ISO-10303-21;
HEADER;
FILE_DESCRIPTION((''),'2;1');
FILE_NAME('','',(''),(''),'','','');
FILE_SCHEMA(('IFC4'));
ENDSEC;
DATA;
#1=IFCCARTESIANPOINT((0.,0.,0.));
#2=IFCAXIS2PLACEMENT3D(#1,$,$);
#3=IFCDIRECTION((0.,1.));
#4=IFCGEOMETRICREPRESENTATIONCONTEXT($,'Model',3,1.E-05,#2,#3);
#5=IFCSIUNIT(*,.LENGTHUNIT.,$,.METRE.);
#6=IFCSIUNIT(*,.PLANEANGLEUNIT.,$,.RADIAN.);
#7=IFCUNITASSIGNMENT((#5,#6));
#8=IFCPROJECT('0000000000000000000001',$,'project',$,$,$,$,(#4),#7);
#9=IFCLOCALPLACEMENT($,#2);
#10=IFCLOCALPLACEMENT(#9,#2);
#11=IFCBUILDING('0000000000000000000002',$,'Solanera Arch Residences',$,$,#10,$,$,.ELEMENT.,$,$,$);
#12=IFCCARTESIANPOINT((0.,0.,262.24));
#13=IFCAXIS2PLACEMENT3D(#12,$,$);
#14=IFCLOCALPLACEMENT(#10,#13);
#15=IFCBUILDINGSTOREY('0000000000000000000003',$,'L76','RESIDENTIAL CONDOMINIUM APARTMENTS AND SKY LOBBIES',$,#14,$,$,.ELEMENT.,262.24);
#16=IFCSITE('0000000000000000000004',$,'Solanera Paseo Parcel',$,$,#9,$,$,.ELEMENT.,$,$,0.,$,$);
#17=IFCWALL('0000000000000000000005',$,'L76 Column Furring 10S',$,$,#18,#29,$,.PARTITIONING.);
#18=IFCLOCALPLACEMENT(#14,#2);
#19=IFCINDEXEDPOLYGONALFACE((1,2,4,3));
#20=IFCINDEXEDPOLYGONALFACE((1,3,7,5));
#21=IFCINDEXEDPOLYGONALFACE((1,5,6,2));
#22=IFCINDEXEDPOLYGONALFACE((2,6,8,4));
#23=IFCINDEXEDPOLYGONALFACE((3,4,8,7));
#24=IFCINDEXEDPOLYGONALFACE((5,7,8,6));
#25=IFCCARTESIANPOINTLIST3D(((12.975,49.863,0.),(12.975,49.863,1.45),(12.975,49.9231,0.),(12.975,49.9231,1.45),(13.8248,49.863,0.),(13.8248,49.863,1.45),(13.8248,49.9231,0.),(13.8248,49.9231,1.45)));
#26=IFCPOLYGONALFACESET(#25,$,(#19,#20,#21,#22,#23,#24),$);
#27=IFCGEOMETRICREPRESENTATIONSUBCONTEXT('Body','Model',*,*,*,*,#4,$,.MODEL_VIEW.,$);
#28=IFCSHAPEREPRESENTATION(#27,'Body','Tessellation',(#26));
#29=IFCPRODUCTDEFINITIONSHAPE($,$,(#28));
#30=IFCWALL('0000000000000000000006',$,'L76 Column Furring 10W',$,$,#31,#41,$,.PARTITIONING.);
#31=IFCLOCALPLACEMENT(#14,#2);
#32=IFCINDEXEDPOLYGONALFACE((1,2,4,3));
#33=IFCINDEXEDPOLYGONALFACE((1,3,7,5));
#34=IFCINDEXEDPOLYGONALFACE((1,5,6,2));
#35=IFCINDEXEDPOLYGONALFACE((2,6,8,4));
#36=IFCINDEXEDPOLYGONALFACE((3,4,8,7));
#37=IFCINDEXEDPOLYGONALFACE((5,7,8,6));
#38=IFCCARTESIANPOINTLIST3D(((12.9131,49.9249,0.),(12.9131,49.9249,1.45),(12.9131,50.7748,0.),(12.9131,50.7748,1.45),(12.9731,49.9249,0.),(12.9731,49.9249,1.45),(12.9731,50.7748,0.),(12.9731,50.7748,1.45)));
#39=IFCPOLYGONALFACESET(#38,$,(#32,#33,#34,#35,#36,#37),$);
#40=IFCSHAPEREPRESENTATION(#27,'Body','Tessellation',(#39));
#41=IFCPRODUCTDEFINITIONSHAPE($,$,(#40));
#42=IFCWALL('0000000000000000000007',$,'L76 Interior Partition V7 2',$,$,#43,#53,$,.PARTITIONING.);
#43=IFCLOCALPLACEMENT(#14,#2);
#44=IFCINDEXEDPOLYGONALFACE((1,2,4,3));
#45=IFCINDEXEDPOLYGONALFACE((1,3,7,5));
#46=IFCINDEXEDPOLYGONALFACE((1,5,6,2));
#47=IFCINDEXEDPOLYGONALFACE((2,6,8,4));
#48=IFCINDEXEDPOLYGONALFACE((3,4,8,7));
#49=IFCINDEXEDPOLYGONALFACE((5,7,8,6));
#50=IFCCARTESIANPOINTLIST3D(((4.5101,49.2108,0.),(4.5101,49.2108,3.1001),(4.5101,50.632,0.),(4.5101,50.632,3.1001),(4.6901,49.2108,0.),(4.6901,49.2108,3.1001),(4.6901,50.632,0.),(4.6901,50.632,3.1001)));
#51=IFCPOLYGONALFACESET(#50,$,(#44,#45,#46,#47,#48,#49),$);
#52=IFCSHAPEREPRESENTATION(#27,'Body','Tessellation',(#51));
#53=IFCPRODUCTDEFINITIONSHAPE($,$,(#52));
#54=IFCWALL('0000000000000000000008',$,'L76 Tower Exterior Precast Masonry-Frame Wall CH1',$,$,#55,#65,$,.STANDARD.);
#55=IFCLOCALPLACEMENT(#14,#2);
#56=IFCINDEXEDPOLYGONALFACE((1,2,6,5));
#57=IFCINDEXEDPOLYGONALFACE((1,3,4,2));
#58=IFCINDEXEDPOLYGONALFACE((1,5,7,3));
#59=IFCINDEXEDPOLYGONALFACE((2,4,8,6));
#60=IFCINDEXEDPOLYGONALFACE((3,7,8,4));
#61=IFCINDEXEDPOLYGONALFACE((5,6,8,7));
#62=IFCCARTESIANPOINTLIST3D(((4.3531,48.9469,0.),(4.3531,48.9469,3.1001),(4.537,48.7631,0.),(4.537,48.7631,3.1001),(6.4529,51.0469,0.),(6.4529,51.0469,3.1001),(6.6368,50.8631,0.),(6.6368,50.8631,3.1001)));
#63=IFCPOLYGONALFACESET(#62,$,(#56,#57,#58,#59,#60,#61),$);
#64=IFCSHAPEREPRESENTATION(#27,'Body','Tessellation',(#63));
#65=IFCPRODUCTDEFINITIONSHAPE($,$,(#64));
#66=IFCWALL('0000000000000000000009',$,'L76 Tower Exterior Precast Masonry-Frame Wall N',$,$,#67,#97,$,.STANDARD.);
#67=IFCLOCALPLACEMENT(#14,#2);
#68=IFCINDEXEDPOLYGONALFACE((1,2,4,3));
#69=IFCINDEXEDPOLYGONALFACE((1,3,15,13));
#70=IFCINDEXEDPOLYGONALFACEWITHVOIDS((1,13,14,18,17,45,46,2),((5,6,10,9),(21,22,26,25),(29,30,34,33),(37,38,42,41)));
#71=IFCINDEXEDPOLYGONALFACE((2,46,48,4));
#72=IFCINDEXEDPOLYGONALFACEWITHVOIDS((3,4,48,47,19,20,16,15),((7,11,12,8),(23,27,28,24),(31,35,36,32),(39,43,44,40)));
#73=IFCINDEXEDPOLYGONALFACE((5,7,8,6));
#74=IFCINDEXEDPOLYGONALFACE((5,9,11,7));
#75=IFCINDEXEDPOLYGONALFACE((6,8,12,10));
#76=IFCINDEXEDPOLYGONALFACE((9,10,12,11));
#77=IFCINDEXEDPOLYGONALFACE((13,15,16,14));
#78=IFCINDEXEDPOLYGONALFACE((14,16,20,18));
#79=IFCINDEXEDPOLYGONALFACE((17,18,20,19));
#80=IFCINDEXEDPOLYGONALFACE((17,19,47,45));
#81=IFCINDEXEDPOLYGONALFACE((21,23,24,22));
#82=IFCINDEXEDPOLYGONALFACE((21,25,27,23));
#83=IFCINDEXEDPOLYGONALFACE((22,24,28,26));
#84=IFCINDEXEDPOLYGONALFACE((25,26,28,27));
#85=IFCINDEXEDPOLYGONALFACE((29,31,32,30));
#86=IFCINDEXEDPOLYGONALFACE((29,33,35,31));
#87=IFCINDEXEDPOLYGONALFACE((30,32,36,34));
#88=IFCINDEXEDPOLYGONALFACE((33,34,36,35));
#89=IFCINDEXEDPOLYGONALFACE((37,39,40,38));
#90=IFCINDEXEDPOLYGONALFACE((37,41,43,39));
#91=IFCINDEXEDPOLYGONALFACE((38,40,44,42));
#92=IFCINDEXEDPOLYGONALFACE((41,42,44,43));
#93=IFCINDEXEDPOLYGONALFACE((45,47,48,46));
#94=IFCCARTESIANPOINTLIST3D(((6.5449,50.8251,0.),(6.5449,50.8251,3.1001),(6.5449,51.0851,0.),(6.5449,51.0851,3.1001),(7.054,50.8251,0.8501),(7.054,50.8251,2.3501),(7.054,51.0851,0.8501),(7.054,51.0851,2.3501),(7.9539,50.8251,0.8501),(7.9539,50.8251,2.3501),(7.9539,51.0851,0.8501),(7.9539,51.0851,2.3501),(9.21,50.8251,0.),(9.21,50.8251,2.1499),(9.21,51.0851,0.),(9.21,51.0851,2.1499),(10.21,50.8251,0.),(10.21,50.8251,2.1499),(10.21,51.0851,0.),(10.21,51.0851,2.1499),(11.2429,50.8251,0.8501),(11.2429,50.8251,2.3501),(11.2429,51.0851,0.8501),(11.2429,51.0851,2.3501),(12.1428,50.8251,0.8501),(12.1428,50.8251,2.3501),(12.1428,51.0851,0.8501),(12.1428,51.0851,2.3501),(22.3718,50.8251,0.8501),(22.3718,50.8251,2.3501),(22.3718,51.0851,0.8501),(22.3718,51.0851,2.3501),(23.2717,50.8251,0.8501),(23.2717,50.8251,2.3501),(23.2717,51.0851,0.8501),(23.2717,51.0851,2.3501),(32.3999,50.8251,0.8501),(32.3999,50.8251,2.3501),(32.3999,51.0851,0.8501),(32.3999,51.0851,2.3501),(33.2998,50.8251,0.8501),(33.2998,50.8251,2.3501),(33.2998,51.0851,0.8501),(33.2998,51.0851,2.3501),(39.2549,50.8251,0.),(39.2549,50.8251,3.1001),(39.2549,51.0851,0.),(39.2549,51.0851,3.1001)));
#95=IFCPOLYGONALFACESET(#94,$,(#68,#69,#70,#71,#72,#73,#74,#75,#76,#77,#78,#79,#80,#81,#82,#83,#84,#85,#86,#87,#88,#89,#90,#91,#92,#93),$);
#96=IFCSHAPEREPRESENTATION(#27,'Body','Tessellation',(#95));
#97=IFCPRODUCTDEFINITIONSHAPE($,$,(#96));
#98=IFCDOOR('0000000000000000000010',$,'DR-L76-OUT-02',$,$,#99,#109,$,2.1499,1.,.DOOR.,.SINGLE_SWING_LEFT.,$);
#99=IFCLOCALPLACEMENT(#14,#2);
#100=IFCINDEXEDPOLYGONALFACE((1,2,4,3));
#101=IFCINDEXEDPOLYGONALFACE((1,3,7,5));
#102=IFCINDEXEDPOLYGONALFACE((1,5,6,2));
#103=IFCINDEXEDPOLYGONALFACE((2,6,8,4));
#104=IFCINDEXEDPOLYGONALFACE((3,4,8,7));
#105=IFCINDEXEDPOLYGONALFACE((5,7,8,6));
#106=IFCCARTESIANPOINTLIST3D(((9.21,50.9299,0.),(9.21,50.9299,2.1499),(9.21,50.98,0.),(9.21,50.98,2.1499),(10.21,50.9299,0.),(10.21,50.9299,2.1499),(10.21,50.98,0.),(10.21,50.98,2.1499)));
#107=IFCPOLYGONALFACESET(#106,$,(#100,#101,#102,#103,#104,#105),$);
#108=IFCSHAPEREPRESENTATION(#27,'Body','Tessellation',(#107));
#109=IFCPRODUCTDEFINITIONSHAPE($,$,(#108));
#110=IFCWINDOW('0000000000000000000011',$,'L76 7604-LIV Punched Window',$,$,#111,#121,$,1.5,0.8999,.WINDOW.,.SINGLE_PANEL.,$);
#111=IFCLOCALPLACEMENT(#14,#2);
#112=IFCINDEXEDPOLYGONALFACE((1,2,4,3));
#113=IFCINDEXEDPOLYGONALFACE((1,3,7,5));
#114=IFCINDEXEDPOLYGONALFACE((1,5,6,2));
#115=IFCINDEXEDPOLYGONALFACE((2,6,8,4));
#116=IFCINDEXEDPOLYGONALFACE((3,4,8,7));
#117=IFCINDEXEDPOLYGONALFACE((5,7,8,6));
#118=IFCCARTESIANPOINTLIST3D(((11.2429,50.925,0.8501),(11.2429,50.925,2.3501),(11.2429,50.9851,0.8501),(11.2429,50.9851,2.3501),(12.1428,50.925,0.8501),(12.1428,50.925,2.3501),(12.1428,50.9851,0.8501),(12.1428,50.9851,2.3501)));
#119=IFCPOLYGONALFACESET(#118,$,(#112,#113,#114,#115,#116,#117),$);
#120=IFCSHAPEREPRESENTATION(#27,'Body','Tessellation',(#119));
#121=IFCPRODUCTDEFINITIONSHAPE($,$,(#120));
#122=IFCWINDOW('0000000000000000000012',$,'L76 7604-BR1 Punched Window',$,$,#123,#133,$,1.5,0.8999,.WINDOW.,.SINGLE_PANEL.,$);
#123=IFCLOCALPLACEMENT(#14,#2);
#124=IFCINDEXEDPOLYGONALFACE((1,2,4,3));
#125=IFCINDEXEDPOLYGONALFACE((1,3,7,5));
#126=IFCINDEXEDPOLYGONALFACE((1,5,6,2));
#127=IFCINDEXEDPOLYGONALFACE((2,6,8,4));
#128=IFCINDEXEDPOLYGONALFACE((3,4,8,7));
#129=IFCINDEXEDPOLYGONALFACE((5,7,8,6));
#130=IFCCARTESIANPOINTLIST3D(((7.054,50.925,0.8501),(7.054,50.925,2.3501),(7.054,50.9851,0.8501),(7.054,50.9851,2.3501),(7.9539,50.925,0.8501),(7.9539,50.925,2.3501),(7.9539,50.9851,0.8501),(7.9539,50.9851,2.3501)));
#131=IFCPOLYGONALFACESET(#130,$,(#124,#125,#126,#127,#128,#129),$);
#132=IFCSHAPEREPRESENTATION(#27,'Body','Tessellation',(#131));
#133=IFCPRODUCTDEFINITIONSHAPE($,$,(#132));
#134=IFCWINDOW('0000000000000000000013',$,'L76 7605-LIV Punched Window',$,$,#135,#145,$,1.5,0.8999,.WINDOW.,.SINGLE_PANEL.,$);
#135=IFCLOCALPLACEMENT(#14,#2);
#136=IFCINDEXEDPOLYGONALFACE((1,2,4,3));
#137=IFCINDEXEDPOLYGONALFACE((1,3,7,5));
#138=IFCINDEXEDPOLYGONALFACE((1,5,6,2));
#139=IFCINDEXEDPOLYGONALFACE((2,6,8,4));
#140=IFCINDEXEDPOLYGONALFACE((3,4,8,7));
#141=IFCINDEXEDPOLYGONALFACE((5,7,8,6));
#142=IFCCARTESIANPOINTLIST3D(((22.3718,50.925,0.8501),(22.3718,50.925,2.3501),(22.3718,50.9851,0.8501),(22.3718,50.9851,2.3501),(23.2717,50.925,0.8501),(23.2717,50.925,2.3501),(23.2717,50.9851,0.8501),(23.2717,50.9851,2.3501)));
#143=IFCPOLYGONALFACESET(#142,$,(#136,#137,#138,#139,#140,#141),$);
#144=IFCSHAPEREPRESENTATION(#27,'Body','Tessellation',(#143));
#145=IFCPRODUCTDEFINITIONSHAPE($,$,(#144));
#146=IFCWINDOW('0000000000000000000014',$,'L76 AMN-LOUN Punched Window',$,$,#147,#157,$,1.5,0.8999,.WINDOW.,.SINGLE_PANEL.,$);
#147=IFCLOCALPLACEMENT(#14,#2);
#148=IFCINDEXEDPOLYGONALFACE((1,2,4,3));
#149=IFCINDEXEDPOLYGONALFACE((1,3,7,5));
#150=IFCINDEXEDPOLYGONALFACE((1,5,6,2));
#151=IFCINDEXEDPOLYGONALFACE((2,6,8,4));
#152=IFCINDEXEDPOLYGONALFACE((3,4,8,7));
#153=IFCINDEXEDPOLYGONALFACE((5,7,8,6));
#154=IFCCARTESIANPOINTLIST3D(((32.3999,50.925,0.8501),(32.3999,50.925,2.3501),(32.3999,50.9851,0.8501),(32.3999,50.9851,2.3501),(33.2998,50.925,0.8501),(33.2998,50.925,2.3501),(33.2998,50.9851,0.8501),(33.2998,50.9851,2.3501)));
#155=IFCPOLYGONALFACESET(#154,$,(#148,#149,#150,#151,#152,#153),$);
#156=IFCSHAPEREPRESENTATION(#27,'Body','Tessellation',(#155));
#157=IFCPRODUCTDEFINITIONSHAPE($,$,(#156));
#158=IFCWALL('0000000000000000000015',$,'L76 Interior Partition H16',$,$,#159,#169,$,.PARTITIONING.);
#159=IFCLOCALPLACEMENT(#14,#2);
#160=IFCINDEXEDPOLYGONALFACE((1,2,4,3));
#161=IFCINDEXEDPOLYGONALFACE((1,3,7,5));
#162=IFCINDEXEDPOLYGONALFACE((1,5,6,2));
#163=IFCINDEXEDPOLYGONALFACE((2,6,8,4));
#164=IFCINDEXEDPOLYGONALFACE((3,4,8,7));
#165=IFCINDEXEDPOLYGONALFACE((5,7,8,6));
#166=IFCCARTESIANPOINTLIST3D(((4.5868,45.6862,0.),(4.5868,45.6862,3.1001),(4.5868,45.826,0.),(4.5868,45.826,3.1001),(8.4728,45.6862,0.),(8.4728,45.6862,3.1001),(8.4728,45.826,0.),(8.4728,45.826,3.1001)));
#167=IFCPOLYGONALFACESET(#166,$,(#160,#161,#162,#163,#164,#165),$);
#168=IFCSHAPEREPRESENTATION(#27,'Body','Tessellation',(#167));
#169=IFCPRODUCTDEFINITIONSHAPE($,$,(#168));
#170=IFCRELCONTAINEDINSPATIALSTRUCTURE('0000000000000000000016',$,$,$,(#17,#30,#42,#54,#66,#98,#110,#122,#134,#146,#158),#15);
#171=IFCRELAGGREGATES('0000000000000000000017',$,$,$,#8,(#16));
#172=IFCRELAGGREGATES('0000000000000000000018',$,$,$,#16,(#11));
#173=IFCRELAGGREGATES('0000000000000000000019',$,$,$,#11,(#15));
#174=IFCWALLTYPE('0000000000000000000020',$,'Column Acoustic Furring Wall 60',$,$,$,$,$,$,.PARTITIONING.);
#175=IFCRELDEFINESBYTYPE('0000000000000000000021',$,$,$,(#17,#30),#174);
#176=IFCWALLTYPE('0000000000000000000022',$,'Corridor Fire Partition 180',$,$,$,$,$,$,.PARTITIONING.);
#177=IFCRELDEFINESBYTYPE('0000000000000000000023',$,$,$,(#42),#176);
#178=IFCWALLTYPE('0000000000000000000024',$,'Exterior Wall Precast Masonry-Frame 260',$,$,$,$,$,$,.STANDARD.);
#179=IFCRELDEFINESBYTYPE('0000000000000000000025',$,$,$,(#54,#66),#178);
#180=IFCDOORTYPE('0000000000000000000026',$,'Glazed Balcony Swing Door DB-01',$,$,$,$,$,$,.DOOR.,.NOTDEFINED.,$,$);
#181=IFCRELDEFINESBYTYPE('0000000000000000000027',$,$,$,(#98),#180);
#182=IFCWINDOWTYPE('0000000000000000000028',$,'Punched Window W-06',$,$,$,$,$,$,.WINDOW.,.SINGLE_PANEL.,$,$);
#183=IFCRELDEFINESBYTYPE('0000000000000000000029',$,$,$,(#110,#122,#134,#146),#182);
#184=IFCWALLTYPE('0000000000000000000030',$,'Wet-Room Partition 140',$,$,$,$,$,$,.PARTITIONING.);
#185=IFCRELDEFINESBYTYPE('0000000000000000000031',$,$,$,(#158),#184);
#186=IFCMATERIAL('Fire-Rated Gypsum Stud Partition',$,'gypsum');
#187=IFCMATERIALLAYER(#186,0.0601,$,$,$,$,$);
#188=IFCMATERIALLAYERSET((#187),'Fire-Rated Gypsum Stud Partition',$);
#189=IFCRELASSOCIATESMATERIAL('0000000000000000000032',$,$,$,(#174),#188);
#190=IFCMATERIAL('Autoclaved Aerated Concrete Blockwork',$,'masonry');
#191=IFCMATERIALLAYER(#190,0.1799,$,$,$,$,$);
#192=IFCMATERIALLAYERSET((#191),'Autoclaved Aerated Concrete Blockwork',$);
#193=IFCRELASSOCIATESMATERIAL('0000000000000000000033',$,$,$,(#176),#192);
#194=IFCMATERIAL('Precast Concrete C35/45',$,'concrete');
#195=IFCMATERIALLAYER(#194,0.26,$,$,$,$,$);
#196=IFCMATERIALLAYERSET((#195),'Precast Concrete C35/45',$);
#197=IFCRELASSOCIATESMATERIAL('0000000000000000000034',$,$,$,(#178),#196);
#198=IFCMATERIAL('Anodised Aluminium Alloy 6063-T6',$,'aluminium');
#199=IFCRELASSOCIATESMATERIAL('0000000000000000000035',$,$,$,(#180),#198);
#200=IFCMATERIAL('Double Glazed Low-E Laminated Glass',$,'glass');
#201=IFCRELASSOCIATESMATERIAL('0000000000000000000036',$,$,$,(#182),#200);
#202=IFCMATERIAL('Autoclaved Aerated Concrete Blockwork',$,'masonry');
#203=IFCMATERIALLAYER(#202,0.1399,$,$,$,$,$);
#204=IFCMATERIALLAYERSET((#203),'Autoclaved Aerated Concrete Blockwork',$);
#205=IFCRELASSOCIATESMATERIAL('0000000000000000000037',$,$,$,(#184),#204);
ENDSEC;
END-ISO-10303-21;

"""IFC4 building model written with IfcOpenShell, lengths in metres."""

from ifc_helpers import new_model, si_unit, direction, frame, frame_2d, origin, place, context, subcontext, project, spatial, rectangle, extrude, material, layer, layer_set, type_object, element, fill, save


model = new_model("IFC4")

# Units and contexts
model_context = context("Model", 3, precision=1e-05, world=origin(), true_north=direction((0.0, 1.0)))
body_context = subcontext(model_context, "Body", "Model", "MODEL_VIEW")
ifc_project = project(units=[si_unit("LENGTHUNIT", "METRE"), si_unit("PLANEANGLEUNIT", "RADIAN")], contexts=[model_context])

# Site, building, storey
site_placement = place(None, origin())
site = spatial("IfcSite", under=ifc_project, at=site_placement, Name="Solanera Paseo Parcel", CompositionType="ELEMENT", RefElevation=0.0)
building_placement = place(site_placement, origin())
building = spatial("IfcBuilding", under=site, at=building_placement, Name="Solanera Arch Residences", CompositionType="ELEMENT")
storey_placement = place(building_placement, frame((0.0, 0.0, 262.24)))
storey = spatial("IfcBuildingStorey", under=building, at=storey_placement, Name="L76", Description="RESIDENTIAL CONDOMINIUM APARTMENTS AND SKY LOBBIES", CompositionType="ELEMENT", Elevation=262.24)

# Walls
ifc_material_1 = material(Name="Fire-Rated Gypsum Stud Partition", Category="gypsum")
ifc_layer_1 = layer(ifc_material_1, 0.0601)
ifc_layer_set_1 = layer_set([ifc_layer_1], Name="Fire-Rated Gypsum Stud Partition")
wall_type_1 = type_object("IfcWallType", Name="Column Acoustic Furring Wall 60", PredefinedType="PARTITIONING", material=ifc_layer_set_1)
for number, where, z_axis, x_axis, name in (
    (1, (12.9751, 49.8931, 0.0), (0.0, 0.0, 1.0), (1.0, 0.0, 0.0), "L76 Column Furring 10S"),
    (2, (12.9431, 49.925, 0.0), (0.0, 0.0, 1.0), (0.0, 1.0, 0.0), "L76 Column Furring 10W"),
):
    element("IfcWall", number, at=place(storey_placement, frame(where, z_axis=z_axis, x_axis=x_axis)), inside=storey, type_object=wall_type_1, Name=name, PredefinedType="PARTITIONING", context=body_context, shape_type="SweptSolid", body=[
        extrude(rectangle(XDim=0.8499, YDim=0.0601, at=frame_2d((0.4248, 0.0))), origin(), (0.0, 0.0, 1.0), 1.45),
    ])
ifc_material_2 = material(Name="Autoclaved Aerated Concrete Blockwork", Category="masonry")
ifc_layer_2 = layer(ifc_material_2, 0.1799)
ifc_layer_set_2 = layer_set([ifc_layer_2], Name="Autoclaved Aerated Concrete Blockwork")
wall_type_2 = type_object("IfcWallType", Name="Corridor Fire Partition 180", PredefinedType="PARTITIONING", material=ifc_layer_set_2)
wall_1_placement = place(storey_placement, frame((4.6001, 49.2109, 0.0), z_axis=(0.0, 0.0, 1.0), x_axis=(0.0, 1.0, 0.0)))
element("IfcWall", 3, at=wall_1_placement, inside=storey, type_object=wall_type_2, Name="L76 Interior Partition V7 2", PredefinedType="PARTITIONING", context=body_context, shape_type="SweptSolid", body=[
    extrude(rectangle(XDim=1.4211, YDim=0.1799, at=frame_2d((0.7104, 0.0))), origin(), (0.0, 0.0, 1.0), 3.1001),
])
ifc_material_3 = material(Name="Precast Concrete C35/45", Category="concrete")
ifc_layer_3 = layer(ifc_material_3, 0.26)
ifc_layer_set_3 = layer_set([ifc_layer_3], Name="Precast Concrete C35/45")
wall_type_3 = type_object("IfcWallType", Name="Exterior Wall Precast Masonry-Frame 260", PredefinedType="STANDARD", material=ifc_layer_set_3)
wall_2_placement = place(storey_placement, frame((4.4451, 48.855, 0.0), z_axis=(0.0, 0.0, 1.0), x_axis=(0.707066, 0.707148, 0.0)))
element("IfcWall", 4, at=wall_2_placement, inside=storey, type_object=wall_type_3, Name="L76 Tower Exterior Precast Masonry-Frame Wall CH1", PredefinedType="STANDARD", context=body_context, shape_type="SweptSolid", body=[
    extrude(rectangle(XDim=2.9697, YDim=0.26, at=frame_2d((1.4849, 0.0))), origin(), (0.0, 0.0, 1.0), 3.1001),
])

# Wall, openings, door, windows
wall_3_placement = place(storey_placement, frame((6.5449, 50.9551, 0.0), z_axis=(0.0, 0.0, 1.0), x_axis=(1.0, 0.0, 0.0)))
wall_3 = element("IfcWall", 5, at=wall_3_placement, inside=storey, type_object=wall_type_3, Name="L76 Tower Exterior Precast Masonry-Frame Wall N", PredefinedType="STANDARD", context=body_context, shape_type="SweptSolid", body=[
    extrude(rectangle(XDim=32.71, YDim=0.26, at=frame_2d((16.355, 0.0))), origin(), (0.0, 0.0, 1.0), 3.1001),
])
opening_1_placement = place(wall_3_placement, frame((2.665, 0.0, 0.0)))
opening_1 = element("IfcOpeningElement", 6, at=opening_1_placement, cuts=wall_3, PredefinedType="OPENING", context=body_context, shape_type="SweptSolid", body=[
    extrude(rectangle(XDim=1.0, YDim=2.1499, at=frame_2d((0.5, 1.075))), frame((0.0, 0.1399, 0.0), z_axis=(0.0, -1.0, 0.0), x_axis=(1.0, 0.0, 0.0)), (0.0, 0.0, 1.0), 0.28),
])
opening_2_placement = place(wall_3_placement, frame((4.698, 0.0, 0.8501)))
opening_2 = element("IfcOpeningElement", 7, at=opening_2_placement, cuts=wall_3, PredefinedType="OPENING", context=body_context, shape_type="SweptSolid", body=[
    extrude(rectangle(XDim=0.8999, YDim=1.5, at=frame_2d((0.45, 0.75))), frame((0.0, 0.1399, 0.0), z_axis=(0.0, -1.0, 0.0), x_axis=(1.0, 0.0, 0.0)), (0.0, 0.0, 1.0), 0.28),
])
opening_3_placement = place(wall_3_placement, frame((0.509, 0.0, 0.8501)))
opening_3 = element("IfcOpeningElement", 8, at=opening_3_placement, cuts=wall_3, PredefinedType="OPENING", context=body_context, shape_type="SweptSolid", body=[
    extrude(rectangle(XDim=0.8999, YDim=1.5, at=frame_2d((0.45, 0.75))), frame((0.0, 0.1399, 0.0), z_axis=(0.0, -1.0, 0.0), x_axis=(1.0, 0.0, 0.0)), (0.0, 0.0, 1.0), 0.28),
])
opening_4_placement = place(wall_3_placement, frame((15.8269, 0.0, 0.8501)))
opening_4 = element("IfcOpeningElement", 9, at=opening_4_placement, cuts=wall_3, PredefinedType="OPENING", context=body_context, shape_type="SweptSolid", body=[
    extrude(rectangle(XDim=0.8999, YDim=1.5, at=frame_2d((0.45, 0.75))), frame((0.0, 0.1399, 0.0), z_axis=(0.0, -1.0, 0.0), x_axis=(1.0, 0.0, 0.0)), (0.0, 0.0, 1.0), 0.28),
])
opening_5_placement = place(wall_3_placement, frame((25.855, 0.0, 0.8501)))
opening_5 = element("IfcOpeningElement", 10, at=opening_5_placement, cuts=wall_3, PredefinedType="OPENING", context=body_context, shape_type="SweptSolid", body=[
    extrude(rectangle(XDim=0.8999, YDim=1.5, at=frame_2d((0.45, 0.75))), frame((0.0, 0.1399, 0.0), z_axis=(0.0, -1.0, 0.0), x_axis=(1.0, 0.0, 0.0)), (0.0, 0.0, 1.0), 0.28),
])
ifc_material_4 = material(Name="Anodised Aluminium Alloy 6063-T6", Category="aluminium")
door_type_1 = type_object("IfcDoorType", Name="Glazed Balcony Swing Door DB-01", OperationType="NOTDEFINED", PredefinedType="DOOR", material=ifc_material_4)
door_1_placement = place(opening_1_placement, origin())
door_1 = element("IfcDoor", 11, at=door_1_placement, inside=storey, type_object=door_type_1, Name="DR-L76-OUT-02", OperationType="SINGLE_SWING_LEFT", OverallHeight=2.1499, OverallWidth=1.0, PredefinedType="DOOR", context=body_context, shape_type="SweptSolid", body=[
    extrude(rectangle(XDim=1.0, YDim=2.1499, at=frame_2d((0.5, 1.075))), frame((0.0, 0.0249, 0.0), z_axis=(0.0, -1.0, 0.0), x_axis=(1.0, 0.0, 0.0)), (0.0, 0.0, 1.0), 0.05),
])
fill(opening_1, door_1)
ifc_material_5 = material(Name="Double Glazed Low-E Laminated Glass", Category="glass")
window_type = type_object("IfcWindowType", Name="Punched Window W-06", PartitioningType="SINGLE_PANEL", PredefinedType="WINDOW", material=ifc_material_5)
window_1_placement = place(opening_2_placement, origin())
window_1 = element("IfcWindow", 12, at=window_1_placement, inside=storey, type_object=window_type, Name="L76 7604-LIV Punched Window", OverallHeight=1.5, OverallWidth=0.8999, PartitioningType="SINGLE_PANEL", PredefinedType="WINDOW", context=body_context, shape_type="SweptSolid", body=[
    extrude(rectangle(XDim=0.8999, YDim=1.5, at=frame_2d((0.45, 0.75))), frame((0.0, 0.03, 0.0), z_axis=(0.0, -1.0, 0.0), x_axis=(1.0, 0.0, 0.0)), (0.0, 0.0, 1.0), 0.0601),
])
fill(opening_2, window_1)
window_2_placement = place(opening_3_placement, origin())
window_2 = element("IfcWindow", 13, at=window_2_placement, inside=storey, type_object=window_type, Name="L76 7604-BR1 Punched Window", OverallHeight=1.5, OverallWidth=0.8999, PartitioningType="SINGLE_PANEL", PredefinedType="WINDOW", context=body_context, shape_type="SweptSolid", body=[
    extrude(rectangle(XDim=0.8999, YDim=1.5, at=frame_2d((0.45, 0.75))), frame((0.0, 0.03, 0.0), z_axis=(0.0, -1.0, 0.0), x_axis=(1.0, 0.0, 0.0)), (0.0, 0.0, 1.0), 0.0601),
])
fill(opening_3, window_2)
window_3_placement = place(opening_4_placement, origin())
window_3 = element("IfcWindow", 14, at=window_3_placement, inside=storey, type_object=window_type, Name="L76 7605-LIV Punched Window", OverallHeight=1.5, OverallWidth=0.8999, PartitioningType="SINGLE_PANEL", PredefinedType="WINDOW", context=body_context, shape_type="SweptSolid", body=[
    extrude(rectangle(XDim=0.8999, YDim=1.5, at=frame_2d((0.45, 0.75))), frame((0.0, 0.03, 0.0), z_axis=(0.0, -1.0, 0.0), x_axis=(1.0, 0.0, 0.0)), (0.0, 0.0, 1.0), 0.0601),
])
fill(opening_4, window_3)
window_4_placement = place(opening_5_placement, origin())
window_4 = element("IfcWindow", 15, at=window_4_placement, inside=storey, type_object=window_type, Name="L76 AMN-LOUN Punched Window", OverallHeight=1.5, OverallWidth=0.8999, PartitioningType="SINGLE_PANEL", PredefinedType="WINDOW", context=body_context, shape_type="SweptSolid", body=[
    extrude(rectangle(XDim=0.8999, YDim=1.5, at=frame_2d((0.45, 0.75))), frame((0.0, 0.03, 0.0), z_axis=(0.0, -1.0, 0.0), x_axis=(1.0, 0.0, 0.0)), (0.0, 0.0, 1.0), 0.0601),
])
fill(opening_5, window_4)

# Wall
ifc_material_6 = material(Name="Autoclaved Aerated Concrete Blockwork", Category="masonry")
ifc_layer_4 = layer(ifc_material_6, 0.1399)
ifc_layer_set_4 = layer_set([ifc_layer_4], Name="Autoclaved Aerated Concrete Blockwork")
wall_type_4 = type_object("IfcWallType", Name="Wet-Room Partition 140", PredefinedType="PARTITIONING", material=ifc_layer_set_4)
wall_4_placement = place(storey_placement, frame((4.5869, 45.7561, 0.0), z_axis=(0.0, 0.0, 1.0), x_axis=(1.0, 0.0, 0.0)))
element("IfcWall", 16, at=wall_4_placement, inside=storey, type_object=wall_type_4, Name="L76 Interior Partition H16", PredefinedType="PARTITIONING", context=body_context, shape_type="SweptSolid", body=[
    extrude(rectangle(XDim=3.886, YDim=0.1399, at=frame_2d((1.9429, 0.0))), origin(), (0.0, 0.0, 1.0), 3.1001),
])

save(model, "model.ifc")
